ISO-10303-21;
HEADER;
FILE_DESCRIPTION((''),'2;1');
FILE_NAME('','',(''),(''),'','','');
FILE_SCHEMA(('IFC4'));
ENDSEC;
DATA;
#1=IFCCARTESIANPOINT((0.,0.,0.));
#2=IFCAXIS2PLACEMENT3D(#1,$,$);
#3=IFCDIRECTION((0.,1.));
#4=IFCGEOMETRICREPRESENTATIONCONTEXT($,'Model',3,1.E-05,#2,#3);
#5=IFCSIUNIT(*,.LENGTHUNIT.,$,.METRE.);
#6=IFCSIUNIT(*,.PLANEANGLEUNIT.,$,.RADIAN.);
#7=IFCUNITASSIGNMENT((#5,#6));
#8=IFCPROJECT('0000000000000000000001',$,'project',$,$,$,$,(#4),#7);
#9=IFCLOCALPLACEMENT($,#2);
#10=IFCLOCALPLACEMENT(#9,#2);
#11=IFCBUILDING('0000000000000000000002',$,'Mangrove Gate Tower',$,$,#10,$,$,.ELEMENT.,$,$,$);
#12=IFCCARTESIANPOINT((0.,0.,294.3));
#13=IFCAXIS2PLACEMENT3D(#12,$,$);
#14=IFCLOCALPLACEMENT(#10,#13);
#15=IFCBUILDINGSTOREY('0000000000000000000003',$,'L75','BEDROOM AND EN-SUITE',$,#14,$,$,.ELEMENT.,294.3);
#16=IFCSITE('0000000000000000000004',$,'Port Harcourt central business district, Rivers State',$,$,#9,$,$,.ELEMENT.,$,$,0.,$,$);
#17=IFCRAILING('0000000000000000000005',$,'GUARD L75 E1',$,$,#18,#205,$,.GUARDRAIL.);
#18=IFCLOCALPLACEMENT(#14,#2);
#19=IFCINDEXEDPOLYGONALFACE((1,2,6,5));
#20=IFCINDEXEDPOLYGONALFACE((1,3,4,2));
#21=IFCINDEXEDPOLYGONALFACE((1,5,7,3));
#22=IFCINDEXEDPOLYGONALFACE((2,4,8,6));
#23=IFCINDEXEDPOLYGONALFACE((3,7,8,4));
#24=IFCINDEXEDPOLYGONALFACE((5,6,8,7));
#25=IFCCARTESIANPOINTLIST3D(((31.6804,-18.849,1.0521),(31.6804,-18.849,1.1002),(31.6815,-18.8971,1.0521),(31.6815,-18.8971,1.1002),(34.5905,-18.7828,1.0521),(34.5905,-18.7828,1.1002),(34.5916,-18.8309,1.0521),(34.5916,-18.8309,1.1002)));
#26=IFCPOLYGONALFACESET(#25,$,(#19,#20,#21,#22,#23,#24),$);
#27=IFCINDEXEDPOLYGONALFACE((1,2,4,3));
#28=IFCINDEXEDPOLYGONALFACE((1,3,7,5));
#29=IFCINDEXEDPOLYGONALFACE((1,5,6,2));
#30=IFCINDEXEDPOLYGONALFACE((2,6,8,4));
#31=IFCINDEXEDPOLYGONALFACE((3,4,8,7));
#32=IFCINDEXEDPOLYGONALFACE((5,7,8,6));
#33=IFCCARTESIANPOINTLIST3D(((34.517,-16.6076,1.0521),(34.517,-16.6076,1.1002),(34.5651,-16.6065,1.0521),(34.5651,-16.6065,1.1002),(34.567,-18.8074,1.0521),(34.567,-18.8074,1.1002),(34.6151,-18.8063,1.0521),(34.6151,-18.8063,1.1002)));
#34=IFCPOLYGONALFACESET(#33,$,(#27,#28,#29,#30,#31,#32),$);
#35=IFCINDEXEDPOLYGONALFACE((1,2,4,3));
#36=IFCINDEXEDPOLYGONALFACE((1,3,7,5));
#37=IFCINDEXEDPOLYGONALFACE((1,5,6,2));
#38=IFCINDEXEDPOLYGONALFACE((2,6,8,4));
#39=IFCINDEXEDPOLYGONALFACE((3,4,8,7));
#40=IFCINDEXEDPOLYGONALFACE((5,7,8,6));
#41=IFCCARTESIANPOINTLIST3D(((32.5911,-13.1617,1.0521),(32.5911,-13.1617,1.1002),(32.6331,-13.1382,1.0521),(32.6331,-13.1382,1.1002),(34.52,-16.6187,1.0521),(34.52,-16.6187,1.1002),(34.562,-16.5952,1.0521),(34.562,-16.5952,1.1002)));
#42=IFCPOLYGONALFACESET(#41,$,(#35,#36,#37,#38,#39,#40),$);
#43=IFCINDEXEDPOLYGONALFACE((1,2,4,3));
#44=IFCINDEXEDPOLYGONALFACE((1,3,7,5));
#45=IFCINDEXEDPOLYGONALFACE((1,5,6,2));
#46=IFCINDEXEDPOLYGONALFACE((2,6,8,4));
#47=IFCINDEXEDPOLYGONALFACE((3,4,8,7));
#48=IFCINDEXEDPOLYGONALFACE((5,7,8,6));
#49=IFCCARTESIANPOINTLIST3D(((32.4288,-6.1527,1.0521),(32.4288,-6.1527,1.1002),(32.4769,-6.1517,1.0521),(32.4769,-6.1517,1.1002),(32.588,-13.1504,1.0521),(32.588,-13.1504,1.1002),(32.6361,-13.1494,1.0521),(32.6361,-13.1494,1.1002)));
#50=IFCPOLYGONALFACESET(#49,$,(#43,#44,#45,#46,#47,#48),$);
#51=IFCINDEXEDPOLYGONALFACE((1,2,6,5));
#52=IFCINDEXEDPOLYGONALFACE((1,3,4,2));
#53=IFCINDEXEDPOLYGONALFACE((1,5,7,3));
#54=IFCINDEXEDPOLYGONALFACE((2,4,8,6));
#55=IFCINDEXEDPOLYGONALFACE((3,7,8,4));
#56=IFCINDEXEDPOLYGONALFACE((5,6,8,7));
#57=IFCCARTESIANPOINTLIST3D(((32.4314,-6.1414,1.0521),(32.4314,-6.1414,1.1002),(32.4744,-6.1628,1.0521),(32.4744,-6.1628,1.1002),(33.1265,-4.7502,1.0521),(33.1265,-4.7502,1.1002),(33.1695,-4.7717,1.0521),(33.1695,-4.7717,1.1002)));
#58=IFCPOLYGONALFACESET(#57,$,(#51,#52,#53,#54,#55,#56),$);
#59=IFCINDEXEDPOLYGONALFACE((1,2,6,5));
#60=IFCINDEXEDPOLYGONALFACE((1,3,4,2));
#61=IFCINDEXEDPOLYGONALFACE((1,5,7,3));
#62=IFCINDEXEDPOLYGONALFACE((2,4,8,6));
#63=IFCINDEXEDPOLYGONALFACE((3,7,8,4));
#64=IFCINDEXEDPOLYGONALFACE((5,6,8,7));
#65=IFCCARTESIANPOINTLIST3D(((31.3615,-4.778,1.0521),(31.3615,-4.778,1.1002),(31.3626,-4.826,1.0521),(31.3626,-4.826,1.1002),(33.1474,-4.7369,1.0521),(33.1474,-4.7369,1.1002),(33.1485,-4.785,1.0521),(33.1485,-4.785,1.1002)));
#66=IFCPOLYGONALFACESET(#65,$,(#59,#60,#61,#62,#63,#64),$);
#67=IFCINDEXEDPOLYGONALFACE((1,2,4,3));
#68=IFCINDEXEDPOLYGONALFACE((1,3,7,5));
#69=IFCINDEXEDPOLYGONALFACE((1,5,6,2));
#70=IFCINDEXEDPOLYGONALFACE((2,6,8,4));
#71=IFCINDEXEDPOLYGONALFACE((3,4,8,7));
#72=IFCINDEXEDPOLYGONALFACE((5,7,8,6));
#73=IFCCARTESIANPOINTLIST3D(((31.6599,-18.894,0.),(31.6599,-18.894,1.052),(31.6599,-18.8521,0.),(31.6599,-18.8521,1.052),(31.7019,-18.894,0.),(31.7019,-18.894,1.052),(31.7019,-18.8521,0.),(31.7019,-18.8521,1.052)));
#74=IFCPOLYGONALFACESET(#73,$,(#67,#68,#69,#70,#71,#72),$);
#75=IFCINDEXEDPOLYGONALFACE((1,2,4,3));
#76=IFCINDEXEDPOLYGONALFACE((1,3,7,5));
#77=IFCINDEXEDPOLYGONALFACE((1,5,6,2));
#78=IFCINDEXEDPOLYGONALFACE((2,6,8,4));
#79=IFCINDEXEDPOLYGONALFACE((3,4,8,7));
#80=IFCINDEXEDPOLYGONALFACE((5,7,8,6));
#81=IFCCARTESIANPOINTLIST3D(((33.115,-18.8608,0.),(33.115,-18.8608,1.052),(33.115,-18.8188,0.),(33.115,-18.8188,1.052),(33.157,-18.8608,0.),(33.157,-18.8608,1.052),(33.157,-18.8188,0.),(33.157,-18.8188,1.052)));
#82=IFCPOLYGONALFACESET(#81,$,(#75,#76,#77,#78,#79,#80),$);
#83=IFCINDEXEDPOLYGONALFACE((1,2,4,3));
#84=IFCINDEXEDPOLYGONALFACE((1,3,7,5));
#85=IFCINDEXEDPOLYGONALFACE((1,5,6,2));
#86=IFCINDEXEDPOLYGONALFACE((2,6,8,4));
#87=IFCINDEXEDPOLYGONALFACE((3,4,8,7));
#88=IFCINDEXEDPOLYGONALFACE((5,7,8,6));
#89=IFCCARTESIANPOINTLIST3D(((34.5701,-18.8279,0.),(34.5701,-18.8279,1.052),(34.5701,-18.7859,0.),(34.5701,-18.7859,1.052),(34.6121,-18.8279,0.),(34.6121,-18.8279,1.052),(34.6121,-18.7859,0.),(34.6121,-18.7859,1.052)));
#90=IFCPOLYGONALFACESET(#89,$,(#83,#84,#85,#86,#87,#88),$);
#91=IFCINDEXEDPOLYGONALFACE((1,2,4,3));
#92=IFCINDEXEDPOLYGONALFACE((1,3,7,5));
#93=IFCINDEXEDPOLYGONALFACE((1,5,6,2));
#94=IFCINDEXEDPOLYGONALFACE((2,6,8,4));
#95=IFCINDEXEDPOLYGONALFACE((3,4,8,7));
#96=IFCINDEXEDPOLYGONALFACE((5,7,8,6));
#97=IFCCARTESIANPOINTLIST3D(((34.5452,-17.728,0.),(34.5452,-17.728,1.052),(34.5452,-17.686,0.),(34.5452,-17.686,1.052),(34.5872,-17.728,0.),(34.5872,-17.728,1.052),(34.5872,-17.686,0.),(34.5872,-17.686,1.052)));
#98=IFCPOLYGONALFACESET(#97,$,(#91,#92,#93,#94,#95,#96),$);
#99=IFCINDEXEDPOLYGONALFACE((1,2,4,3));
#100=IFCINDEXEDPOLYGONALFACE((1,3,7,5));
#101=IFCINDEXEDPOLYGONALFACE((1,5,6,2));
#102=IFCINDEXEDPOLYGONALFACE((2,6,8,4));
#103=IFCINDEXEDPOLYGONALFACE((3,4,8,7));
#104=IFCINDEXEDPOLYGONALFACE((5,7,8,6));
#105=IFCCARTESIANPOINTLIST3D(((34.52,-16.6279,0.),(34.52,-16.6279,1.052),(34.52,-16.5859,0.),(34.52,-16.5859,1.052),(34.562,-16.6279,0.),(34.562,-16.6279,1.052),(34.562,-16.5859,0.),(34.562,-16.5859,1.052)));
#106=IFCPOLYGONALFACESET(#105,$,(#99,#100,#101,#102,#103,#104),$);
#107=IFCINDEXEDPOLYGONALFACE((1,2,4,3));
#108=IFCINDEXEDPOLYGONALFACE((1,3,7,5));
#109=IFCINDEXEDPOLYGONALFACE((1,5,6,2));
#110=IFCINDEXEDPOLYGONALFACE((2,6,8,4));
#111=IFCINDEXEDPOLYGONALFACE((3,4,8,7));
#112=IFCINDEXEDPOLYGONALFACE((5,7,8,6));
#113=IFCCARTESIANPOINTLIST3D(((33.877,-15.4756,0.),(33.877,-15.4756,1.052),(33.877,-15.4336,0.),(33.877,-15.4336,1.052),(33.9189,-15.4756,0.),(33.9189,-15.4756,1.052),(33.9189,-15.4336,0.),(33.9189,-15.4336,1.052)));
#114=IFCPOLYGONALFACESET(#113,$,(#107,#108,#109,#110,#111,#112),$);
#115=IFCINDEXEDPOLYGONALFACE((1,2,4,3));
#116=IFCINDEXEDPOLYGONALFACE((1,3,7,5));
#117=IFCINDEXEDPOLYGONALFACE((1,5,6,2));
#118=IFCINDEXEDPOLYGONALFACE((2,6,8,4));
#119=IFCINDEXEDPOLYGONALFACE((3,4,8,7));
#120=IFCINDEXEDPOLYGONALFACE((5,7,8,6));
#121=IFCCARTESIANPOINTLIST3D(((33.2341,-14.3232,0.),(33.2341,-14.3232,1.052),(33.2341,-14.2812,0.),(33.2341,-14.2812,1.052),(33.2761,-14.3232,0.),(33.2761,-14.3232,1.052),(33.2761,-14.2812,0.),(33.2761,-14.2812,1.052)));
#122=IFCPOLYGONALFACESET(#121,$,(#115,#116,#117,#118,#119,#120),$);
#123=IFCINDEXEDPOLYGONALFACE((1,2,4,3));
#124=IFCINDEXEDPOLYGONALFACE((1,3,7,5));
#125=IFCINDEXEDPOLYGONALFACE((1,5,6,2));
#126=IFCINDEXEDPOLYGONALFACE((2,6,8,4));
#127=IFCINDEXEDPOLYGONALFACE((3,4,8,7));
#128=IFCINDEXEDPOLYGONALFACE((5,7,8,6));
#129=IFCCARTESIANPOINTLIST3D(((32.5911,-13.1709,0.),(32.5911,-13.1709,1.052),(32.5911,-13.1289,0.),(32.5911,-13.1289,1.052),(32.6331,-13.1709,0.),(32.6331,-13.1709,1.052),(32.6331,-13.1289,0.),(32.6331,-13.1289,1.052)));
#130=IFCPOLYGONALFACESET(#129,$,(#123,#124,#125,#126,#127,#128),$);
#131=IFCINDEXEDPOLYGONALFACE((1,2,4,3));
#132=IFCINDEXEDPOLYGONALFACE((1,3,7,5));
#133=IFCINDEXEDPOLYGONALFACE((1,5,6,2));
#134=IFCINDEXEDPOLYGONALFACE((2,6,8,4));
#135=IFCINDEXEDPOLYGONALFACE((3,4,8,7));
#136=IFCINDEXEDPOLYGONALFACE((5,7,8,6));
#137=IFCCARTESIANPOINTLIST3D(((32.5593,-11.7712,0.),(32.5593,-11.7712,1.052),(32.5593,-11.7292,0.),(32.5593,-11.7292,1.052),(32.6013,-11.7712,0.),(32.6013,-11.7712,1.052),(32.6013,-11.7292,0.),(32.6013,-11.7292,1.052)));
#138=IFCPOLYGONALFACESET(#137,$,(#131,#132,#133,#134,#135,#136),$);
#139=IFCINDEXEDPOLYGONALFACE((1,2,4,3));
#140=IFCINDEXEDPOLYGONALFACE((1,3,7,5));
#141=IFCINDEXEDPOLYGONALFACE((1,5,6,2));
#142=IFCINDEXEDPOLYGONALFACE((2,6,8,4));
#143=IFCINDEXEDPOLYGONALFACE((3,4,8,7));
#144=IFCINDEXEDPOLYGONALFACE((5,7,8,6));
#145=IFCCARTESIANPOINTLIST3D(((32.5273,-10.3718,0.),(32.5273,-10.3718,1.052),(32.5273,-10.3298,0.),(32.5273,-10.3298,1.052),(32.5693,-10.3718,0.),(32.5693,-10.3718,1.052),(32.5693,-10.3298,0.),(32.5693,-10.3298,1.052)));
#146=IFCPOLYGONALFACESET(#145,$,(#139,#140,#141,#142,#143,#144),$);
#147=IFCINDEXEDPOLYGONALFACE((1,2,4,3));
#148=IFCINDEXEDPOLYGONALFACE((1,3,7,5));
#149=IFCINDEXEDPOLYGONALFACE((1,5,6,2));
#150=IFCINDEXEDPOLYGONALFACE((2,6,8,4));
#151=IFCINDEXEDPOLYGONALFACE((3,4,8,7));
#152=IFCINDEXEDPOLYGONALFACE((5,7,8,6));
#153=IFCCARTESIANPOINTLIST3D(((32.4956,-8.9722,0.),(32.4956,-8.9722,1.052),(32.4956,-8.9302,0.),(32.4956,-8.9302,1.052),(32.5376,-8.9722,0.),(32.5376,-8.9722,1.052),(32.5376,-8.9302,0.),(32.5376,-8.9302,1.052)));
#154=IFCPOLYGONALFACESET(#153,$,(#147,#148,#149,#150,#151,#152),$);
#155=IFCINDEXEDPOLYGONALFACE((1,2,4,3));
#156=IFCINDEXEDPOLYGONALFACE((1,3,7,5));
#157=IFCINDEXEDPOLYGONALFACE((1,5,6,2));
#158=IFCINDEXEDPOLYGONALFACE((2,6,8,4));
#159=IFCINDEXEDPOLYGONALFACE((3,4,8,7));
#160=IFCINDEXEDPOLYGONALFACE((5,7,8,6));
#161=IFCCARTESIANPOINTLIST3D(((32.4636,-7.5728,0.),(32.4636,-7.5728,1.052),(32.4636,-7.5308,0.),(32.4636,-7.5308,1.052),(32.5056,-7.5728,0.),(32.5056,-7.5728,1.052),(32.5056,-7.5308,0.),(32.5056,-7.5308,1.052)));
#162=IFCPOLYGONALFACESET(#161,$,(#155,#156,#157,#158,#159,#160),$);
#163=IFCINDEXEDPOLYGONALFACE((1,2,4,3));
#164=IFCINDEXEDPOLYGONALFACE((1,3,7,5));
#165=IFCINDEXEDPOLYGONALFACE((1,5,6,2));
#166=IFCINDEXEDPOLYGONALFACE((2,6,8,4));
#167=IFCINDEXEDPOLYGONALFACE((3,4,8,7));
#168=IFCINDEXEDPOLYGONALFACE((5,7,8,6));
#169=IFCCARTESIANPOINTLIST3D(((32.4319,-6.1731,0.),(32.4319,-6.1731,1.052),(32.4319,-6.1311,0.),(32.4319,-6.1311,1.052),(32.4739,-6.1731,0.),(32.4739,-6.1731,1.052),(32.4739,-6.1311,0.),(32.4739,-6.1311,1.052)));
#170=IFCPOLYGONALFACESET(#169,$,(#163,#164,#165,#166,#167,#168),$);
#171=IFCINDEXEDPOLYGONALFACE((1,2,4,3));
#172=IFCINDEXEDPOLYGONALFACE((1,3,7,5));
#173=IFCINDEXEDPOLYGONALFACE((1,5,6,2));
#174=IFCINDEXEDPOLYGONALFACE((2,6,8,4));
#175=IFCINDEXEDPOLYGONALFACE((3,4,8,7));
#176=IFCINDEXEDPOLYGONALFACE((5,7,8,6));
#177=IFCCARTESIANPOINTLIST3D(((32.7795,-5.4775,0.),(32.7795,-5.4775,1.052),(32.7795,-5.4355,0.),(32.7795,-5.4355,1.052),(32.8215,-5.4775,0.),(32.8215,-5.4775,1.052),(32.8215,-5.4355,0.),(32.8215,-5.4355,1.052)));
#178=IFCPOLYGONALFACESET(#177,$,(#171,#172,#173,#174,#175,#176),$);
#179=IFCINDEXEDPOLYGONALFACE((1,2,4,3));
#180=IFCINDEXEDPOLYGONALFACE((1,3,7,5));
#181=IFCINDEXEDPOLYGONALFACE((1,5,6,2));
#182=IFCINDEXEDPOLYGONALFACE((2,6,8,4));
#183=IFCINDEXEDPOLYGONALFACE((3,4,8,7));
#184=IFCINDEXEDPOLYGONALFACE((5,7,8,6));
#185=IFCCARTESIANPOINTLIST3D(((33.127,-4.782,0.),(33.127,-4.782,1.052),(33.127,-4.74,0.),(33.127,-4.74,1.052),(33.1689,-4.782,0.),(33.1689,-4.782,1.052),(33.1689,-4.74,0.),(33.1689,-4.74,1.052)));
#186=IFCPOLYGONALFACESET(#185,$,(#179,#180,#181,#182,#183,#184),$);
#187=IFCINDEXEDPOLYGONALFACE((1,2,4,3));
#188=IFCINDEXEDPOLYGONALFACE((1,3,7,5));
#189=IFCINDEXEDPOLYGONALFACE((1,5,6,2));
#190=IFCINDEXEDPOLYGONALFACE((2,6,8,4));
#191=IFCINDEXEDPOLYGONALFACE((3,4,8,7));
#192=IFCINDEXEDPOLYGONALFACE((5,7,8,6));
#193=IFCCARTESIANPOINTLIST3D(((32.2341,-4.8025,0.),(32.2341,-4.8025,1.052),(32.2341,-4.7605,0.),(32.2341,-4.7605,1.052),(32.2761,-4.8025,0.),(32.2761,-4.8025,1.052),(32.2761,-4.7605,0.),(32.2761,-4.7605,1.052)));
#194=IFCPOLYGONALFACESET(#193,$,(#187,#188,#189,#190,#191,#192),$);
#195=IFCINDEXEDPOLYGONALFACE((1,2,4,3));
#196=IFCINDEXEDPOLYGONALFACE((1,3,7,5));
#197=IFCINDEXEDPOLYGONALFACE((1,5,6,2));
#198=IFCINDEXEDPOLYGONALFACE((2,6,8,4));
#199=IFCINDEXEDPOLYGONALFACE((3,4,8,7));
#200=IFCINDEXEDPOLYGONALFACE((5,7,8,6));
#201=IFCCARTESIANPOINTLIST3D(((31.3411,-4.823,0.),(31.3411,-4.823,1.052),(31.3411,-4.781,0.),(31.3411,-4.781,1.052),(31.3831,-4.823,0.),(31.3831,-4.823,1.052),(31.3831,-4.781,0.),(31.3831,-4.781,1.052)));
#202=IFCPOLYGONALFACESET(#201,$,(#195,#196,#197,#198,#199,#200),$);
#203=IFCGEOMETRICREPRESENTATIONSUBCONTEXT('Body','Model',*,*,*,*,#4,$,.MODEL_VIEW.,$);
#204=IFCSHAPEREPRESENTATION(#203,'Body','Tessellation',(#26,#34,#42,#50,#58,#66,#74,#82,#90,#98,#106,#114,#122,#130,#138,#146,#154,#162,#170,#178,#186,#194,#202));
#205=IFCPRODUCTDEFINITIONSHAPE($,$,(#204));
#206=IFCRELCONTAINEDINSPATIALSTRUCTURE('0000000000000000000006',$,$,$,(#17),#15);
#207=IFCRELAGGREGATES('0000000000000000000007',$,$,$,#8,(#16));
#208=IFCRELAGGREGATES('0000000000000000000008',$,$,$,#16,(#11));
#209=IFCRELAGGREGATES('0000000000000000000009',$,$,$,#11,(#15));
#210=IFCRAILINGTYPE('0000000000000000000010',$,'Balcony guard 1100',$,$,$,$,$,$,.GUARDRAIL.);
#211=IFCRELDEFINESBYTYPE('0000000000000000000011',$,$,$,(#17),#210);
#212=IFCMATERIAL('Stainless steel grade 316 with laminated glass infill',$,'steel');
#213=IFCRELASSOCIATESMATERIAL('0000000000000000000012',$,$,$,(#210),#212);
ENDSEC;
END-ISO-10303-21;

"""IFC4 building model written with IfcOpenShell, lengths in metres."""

from ifc_helpers import new_model, si_unit, direction, frame, origin, origin_2d, place, context, subcontext, project, spatial, rectangle, extrude, material, type_object, element, save


model = new_model("IFC4")

# Units and contexts
model_context = context("Model", 3, precision=1e-05, world=origin(), true_north=direction((0.0, 1.0)))
body_context = subcontext(model_context, "Body", "Model", "MODEL_VIEW")
ifc_project = project(units=[si_unit("LENGTHUNIT", "METRE"), si_unit("PLANEANGLEUNIT", "RADIAN")], contexts=[model_context])

# Site, building, storey
site_placement = place(None, origin())
site = spatial("IfcSite", under=ifc_project, at=site_placement, Name="Port Harcourt central business district, Rivers State", CompositionType="ELEMENT", RefElevation=0.0)
building_placement = place(site_placement, origin())
building = spatial("IfcBuilding", under=site, at=building_placement, Name="Mangrove Gate Tower", CompositionType="ELEMENT")
storey_placement = place(building_placement, frame((0.0, 0.0, 294.3)))
storey = spatial("IfcBuildingStorey", under=building, at=storey_placement, Name="L75", Description="BEDROOM AND EN-SUITE", CompositionType="ELEMENT", Elevation=294.3)

# Railing
ifc_material_1 = material(Name="Stainless steel grade 316 with laminated glass infill", Category="steel")
railing_type = type_object("IfcRailingType", Name="Balcony guard 1100", PredefinedType="GUARDRAIL", material=ifc_material_1)
railing_placement = place(storey_placement, frame((31.6809, -18.873, 0.0)))
element("IfcRailing", 1, at=railing_placement, inside=storey, type_object=railing_type, Name="GUARD L75 E1", PredefinedType="GUARDRAIL", context=body_context, shape_type="SweptSolid", body=[
    extrude(rectangle(XDim=0.0481, YDim=0.0481, at=origin_2d()), frame((0.0, 0.0, 1.0762), z_axis=(0.999742, 0.022729, 0.0), x_axis=(-0.022729, 0.999742, 0.0)), (0.0, 0.0, 1.0), 2.9109),
    extrude(rectangle(XDim=0.0481, YDim=0.0481, at=origin_2d()), frame((2.9102, 0.0662, 1.0762), z_axis=(-0.022744, 0.999741, 0.0), x_axis=(-0.999741, -0.022744, 0.0)), (0.0, 0.0, 1.0), 2.2004),
    extrude(rectangle(XDim=0.0481, YDim=0.0481, at=origin_2d()), frame((2.8601, 2.2661, 1.0762), z_axis=(-0.48726, 0.873257, 0.0), x_axis=(-0.873257, -0.48726, 0.0)), (0.0, 0.0, 1.0), 3.9587),
    extrude(rectangle(XDim=0.0481, YDim=0.0481, at=origin_2d()), frame((0.9312, 5.7231, 1.0762), z_axis=(-0.022741, 0.999741, 0.0), x_axis=(-0.999741, -0.022741, 0.0)), (0.0, 0.0, 1.0), 6.9995),
    extrude(rectangle(XDim=0.0481, YDim=0.0481, at=origin_2d()), frame((0.772, 12.7209, 1.0762), z_axis=(0.446962, 0.894553, 0.0), x_axis=(-0.894553, 0.446962, 0.0)), (0.0, 0.0, 1.0), 1.5552),
    extrude(rectangle(XDim=0.0481, YDim=0.0481, at=origin_2d()), frame((1.467, 14.1121, 1.0762), z_axis=(-0.999736, -0.02296, 0.0), x_axis=(0.02296, -0.999736, 0.0)), (0.0, 0.0, 1.0), 1.7864),
    extrude(rectangle(XDim=0.042, YDim=0.042, at=origin_2d()), origin(), (0.0, 0.0, 1.0), 1.052),
    extrude(rectangle(XDim=0.042, YDim=0.042, at=origin_2d()), frame((1.4551, 0.0332, 0.0)), (0.0, 0.0, 1.0), 1.052),
    extrude(rectangle(XDim=0.042, YDim=0.042, at=origin_2d()), frame((2.9102, 0.0662, 0.0)), (0.0, 0.0, 1.0), 1.052),
    extrude(rectangle(XDim=0.042, YDim=0.042, at=origin_2d()), frame((2.8853, 1.166, 0.0)), (0.0, 0.0, 1.0), 1.052),
    extrude(rectangle(XDim=0.042, YDim=0.042, at=origin_2d()), frame((2.8601, 2.2661, 0.0)), (0.0, 0.0, 1.0), 1.052),
    extrude(rectangle(XDim=0.042, YDim=0.042, at=origin_2d()), frame((2.217, 3.4185, 0.0)), (0.0, 0.0, 1.0), 1.052),
    extrude(rectangle(XDim=0.042, YDim=0.042, at=origin_2d()), frame((1.5742, 4.5708, 0.0)), (0.0, 0.0, 1.0), 1.052),
    extrude(rectangle(XDim=0.042, YDim=0.042, at=origin_2d()), frame((0.9312, 5.7231, 0.0)), (0.0, 0.0, 1.0), 1.052),
    extrude(rectangle(XDim=0.042, YDim=0.042, at=origin_2d()), frame((0.8994, 7.1228, 0.0)), (0.0, 0.0, 1.0), 1.052),
    extrude(rectangle(XDim=0.042, YDim=0.042, at=origin_2d()), frame((0.8674, 8.5222, 0.0)), (0.0, 0.0, 1.0), 1.052),
    extrude(rectangle(XDim=0.042, YDim=0.042, at=origin_2d()), frame((0.8357, 9.9219, 0.0)), (0.0, 0.0, 1.0), 1.052),
    extrude(rectangle(XDim=0.042, YDim=0.042, at=origin_2d()), frame((0.8037, 11.3213, 0.0)), (0.0, 0.0, 1.0), 1.052),
    extrude(rectangle(XDim=0.042, YDim=0.042, at=origin_2d()), frame((0.772, 12.7209, 0.0)), (0.0, 0.0, 1.0), 1.052),
    extrude(rectangle(XDim=0.042, YDim=0.042, at=origin_2d()), frame((1.1196, 13.4165, 0.0)), (0.0, 0.0, 1.0), 1.052),
    extrude(rectangle(XDim=0.042, YDim=0.042, at=origin_2d()), frame((1.467, 14.1121, 0.0)), (0.0, 0.0, 1.0), 1.052),
    extrude(rectangle(XDim=0.042, YDim=0.042, at=origin_2d()), frame((0.5742, 14.0916, 0.0)), (0.0, 0.0, 1.0), 1.052),
    extrude(rectangle(XDim=0.042, YDim=0.042, at=origin_2d()), frame((-0.3188, 14.071, 0.0)), (0.0, 0.0, 1.0), 1.052),
])

save(model, "model.ifc")
